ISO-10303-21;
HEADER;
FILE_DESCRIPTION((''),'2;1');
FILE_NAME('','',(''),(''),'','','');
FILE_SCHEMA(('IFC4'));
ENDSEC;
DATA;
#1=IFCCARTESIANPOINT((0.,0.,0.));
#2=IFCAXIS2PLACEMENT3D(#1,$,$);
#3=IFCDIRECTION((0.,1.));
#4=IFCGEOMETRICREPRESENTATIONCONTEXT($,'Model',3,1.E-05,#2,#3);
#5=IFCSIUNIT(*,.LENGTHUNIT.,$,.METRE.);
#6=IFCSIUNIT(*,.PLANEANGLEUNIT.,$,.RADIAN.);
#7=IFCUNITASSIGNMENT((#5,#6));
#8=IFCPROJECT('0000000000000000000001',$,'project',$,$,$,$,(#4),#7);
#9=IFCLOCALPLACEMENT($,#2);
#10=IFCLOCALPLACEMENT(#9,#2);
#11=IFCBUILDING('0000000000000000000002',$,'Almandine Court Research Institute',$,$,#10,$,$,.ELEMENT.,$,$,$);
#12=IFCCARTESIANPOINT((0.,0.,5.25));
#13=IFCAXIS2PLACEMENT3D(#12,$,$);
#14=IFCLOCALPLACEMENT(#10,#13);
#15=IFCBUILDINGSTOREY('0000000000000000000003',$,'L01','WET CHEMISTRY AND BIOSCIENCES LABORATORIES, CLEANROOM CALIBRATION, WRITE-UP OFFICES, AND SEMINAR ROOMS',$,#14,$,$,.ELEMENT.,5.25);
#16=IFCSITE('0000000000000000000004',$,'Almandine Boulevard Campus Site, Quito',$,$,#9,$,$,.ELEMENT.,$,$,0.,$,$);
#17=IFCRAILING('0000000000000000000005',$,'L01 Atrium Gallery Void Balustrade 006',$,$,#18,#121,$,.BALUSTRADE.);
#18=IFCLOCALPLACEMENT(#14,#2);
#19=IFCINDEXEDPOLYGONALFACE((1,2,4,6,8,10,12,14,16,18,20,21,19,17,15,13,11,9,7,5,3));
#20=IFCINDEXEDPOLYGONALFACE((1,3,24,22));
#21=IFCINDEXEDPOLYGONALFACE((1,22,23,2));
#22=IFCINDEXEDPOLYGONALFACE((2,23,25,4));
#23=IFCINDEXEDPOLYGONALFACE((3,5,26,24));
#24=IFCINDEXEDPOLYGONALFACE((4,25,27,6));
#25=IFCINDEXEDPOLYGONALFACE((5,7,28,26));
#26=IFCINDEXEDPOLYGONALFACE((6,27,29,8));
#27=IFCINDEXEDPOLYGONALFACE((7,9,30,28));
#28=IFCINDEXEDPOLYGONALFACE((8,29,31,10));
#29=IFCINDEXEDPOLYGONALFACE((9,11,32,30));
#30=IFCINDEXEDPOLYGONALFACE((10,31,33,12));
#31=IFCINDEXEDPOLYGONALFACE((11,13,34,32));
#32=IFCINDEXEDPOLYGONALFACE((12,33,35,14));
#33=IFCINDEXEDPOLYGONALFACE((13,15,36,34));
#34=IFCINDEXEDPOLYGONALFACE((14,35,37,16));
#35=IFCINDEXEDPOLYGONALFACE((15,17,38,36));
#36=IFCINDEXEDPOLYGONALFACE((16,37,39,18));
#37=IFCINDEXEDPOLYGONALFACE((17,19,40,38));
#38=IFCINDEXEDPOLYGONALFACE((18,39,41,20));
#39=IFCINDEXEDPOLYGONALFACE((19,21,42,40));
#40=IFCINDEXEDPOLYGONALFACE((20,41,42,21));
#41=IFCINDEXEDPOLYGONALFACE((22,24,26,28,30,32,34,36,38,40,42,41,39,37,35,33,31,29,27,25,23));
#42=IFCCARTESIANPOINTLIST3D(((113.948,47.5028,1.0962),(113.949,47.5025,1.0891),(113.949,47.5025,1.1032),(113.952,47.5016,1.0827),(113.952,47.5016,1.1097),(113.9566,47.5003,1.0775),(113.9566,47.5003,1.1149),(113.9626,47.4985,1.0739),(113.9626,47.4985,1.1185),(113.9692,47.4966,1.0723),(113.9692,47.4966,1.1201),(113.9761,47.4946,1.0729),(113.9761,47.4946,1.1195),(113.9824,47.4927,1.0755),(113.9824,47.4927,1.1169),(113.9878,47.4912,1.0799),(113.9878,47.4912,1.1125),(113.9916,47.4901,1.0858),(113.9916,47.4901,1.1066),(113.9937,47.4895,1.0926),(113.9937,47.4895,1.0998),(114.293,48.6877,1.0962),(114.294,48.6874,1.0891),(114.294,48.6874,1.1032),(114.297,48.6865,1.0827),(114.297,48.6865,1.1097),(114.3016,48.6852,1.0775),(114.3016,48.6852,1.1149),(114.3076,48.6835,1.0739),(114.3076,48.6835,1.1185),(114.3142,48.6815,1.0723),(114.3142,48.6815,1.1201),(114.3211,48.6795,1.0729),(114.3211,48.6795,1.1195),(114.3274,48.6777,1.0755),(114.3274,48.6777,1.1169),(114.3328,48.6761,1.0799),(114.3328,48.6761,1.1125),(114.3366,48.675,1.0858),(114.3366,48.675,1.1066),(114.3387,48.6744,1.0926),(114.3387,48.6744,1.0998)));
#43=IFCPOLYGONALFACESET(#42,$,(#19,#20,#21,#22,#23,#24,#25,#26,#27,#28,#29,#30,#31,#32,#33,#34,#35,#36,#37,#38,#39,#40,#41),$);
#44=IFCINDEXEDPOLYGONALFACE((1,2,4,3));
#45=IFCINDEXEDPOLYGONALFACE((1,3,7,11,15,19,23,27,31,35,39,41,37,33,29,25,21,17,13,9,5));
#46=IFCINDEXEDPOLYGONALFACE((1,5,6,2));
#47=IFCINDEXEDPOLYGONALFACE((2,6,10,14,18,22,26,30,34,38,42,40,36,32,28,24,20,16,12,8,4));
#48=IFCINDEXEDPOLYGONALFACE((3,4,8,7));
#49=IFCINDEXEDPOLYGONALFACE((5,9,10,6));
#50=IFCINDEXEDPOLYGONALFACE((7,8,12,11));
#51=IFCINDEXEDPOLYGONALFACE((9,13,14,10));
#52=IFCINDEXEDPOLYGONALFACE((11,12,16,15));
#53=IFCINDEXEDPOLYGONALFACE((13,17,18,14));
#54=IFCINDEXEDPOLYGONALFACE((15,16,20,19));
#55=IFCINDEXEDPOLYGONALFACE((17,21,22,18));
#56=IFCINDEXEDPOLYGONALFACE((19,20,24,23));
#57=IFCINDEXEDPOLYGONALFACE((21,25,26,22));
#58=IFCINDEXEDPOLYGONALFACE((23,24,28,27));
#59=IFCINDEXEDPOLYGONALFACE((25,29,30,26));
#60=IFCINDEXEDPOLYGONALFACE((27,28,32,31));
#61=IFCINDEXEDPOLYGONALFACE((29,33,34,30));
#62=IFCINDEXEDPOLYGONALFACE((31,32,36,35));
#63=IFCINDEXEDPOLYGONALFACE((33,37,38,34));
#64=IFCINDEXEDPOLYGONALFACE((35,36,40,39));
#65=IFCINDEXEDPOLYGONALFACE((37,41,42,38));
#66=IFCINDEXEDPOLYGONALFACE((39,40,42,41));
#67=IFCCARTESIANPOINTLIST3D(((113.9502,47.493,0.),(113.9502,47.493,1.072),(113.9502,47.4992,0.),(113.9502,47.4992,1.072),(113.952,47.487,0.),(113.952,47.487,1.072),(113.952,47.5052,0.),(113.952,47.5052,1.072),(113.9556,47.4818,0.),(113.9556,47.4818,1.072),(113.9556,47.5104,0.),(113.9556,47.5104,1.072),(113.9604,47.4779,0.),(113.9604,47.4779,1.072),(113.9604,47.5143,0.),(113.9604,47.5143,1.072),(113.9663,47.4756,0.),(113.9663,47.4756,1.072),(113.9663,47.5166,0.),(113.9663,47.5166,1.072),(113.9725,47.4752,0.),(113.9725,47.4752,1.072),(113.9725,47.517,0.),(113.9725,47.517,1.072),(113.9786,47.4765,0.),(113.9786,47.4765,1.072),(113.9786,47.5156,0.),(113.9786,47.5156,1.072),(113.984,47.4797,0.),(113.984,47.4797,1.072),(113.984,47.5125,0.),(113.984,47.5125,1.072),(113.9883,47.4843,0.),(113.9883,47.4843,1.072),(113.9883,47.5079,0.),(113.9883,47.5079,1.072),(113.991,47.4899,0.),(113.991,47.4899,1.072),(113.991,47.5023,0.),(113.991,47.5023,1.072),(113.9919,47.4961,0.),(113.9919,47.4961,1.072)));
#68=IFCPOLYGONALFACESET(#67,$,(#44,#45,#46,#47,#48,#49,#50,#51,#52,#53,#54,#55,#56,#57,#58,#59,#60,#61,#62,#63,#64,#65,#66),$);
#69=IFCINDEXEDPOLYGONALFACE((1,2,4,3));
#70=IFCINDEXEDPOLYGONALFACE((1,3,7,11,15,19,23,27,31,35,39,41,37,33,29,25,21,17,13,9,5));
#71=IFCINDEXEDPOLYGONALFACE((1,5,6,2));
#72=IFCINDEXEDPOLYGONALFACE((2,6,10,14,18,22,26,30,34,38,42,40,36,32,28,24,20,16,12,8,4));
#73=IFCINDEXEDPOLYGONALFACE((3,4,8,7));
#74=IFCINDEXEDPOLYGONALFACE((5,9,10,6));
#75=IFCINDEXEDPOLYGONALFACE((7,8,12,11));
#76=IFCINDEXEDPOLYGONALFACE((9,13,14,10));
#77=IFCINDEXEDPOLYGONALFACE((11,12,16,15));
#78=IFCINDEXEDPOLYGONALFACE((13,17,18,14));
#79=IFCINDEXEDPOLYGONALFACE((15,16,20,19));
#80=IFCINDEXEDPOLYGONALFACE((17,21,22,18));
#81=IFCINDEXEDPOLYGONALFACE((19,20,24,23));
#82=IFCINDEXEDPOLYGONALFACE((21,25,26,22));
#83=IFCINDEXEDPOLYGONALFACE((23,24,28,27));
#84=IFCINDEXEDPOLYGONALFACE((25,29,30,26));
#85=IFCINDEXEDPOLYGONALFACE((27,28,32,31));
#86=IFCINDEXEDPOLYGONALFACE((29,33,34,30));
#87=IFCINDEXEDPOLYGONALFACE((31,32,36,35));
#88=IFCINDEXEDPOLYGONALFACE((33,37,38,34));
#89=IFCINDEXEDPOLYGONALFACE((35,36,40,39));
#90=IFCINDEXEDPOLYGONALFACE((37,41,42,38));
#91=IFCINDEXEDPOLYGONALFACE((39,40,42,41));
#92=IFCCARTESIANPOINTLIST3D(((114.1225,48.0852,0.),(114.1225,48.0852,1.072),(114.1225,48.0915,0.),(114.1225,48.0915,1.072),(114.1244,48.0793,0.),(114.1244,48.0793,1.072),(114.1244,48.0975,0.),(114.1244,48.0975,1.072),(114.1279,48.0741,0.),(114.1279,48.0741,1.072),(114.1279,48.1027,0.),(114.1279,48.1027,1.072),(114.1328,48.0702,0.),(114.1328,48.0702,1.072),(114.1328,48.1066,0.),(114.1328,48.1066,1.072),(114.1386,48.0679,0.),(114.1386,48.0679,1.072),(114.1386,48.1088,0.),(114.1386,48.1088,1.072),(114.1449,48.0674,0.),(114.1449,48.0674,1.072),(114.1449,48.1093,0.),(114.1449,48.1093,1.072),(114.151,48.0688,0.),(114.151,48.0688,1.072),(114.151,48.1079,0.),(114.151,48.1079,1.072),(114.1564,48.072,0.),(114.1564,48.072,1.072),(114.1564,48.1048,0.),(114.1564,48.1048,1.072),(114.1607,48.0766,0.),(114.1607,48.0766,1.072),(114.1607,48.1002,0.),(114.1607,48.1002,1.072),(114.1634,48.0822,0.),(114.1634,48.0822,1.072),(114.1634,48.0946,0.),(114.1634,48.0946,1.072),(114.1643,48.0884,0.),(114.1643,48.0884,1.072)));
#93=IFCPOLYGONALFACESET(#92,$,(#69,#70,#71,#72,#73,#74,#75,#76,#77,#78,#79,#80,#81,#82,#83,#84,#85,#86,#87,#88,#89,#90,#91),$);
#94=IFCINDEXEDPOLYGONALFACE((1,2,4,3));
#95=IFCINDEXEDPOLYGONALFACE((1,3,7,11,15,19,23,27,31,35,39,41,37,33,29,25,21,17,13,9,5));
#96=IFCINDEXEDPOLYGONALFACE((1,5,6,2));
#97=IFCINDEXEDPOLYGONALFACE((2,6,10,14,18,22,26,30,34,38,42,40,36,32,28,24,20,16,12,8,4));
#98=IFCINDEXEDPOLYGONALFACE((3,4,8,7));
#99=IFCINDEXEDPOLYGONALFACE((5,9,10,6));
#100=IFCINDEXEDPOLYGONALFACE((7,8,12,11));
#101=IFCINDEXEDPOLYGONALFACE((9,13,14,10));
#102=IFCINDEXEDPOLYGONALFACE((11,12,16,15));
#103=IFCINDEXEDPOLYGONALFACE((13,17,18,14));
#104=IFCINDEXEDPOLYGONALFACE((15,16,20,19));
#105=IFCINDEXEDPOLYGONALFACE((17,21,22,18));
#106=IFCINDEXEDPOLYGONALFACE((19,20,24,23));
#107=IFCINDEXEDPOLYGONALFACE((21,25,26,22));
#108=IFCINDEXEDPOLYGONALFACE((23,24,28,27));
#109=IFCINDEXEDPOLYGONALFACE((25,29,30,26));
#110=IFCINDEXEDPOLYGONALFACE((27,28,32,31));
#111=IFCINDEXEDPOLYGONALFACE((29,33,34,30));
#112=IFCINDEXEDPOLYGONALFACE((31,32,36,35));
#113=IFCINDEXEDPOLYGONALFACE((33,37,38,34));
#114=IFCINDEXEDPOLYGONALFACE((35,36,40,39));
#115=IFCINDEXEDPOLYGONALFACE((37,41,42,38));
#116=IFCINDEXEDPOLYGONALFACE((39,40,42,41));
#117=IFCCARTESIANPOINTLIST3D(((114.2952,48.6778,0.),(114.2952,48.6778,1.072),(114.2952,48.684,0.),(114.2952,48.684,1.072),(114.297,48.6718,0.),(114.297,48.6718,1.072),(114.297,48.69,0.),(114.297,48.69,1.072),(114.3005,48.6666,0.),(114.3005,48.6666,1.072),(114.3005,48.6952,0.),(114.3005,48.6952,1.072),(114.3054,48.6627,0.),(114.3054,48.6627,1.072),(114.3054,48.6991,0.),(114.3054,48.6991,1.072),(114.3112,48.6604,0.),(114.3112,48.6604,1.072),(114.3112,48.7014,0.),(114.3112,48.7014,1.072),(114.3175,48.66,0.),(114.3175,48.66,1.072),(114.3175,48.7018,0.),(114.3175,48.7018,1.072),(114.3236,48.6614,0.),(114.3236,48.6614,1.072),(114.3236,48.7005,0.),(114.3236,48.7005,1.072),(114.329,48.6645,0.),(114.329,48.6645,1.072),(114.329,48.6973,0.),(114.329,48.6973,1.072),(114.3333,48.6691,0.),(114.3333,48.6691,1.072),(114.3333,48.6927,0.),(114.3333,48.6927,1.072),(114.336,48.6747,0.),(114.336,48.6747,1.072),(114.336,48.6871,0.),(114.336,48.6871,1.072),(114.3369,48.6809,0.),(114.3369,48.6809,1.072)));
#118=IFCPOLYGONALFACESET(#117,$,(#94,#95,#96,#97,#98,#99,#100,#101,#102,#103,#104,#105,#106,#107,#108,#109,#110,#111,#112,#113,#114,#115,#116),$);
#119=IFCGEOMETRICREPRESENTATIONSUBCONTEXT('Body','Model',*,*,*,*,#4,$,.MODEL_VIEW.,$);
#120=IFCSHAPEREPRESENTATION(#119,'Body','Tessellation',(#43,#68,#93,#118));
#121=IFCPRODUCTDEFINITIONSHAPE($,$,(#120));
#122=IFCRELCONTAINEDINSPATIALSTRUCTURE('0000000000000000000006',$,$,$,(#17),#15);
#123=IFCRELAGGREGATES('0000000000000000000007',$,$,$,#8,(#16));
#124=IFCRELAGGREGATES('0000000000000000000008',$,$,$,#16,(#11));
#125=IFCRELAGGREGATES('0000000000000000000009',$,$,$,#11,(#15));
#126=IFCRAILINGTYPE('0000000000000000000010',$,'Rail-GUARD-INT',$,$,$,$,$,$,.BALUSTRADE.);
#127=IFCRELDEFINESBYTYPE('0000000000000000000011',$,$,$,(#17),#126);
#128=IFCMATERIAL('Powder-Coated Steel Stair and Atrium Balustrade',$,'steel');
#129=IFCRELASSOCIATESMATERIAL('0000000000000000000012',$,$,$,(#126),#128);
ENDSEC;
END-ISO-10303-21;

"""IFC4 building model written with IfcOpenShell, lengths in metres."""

from ifc_helpers import new_model, si_unit, direction, frame, origin, origin_2d, place, context, subcontext, project, spatial, circle, extrude, material, type_object, element, save


model = new_model("IFC4")

# Units and contexts
model_context = context("Model", 3, precision=1e-05, world=origin(), true_north=direction((0.0, 1.0)))
body_context = subcontext(model_context, "Body", "Model", "MODEL_VIEW")
ifc_project = project(units=[si_unit("LENGTHUNIT", "METRE"), si_unit("PLANEANGLEUNIT", "RADIAN")], contexts=[model_context])

# Site, building, storey
site_placement = place(None, origin())
site = spatial("IfcSite", under=ifc_project, at=site_placement, Name="Almandine Boulevard Campus Site, Quito", CompositionType="ELEMENT", RefElevation=0.0)
building_placement = place(site_placement, origin())
building = spatial("IfcBuilding", under=site, at=building_placement, Name="Almandine Court Research Institute", CompositionType="ELEMENT")
storey_placement = place(building_placement, frame((0.0, 0.0, 5.25)))
storey = spatial("IfcBuildingStorey", under=building, at=storey_placement, Name="L01", Description="WET CHEMISTRY AND BIOSCIENCES LABORATORIES, CLEANROOM CALIBRATION, WRITE-UP OFFICES, AND SEMINAR ROOMS", CompositionType="ELEMENT", Elevation=5.25)

# Railing
ifc_material_1 = material(Name="Powder-Coated Steel Stair and Atrium Balustrade", Category="steel")
railing_type = type_object("IfcRailingType", Name="Rail-GUARD-INT", PredefinedType="BALUSTRADE", material=ifc_material_1)
railing_1_placement = place(storey_placement, frame((113.9709, 47.4961, 0.0)))
element("IfcRailing", 1, at=railing_1_placement, inside=storey, type_object=railing_type, Name="L01 Atrium Gallery Void Balustrade 006", PredefinedType="BALUSTRADE", context=body_context, shape_type="SweptSolid", body=[
    extrude(circle(Radius=0.0239, at=origin_2d()), frame((0.0, 0.0, 1.0962), z_axis=(0.279552, 0.960131, 0.0), x_axis=(-0.960131, 0.279552, 0.0)), (0.0, 0.0, 1.0), 1.2341),
    extrude(circle(Radius=0.021, at=origin_2d()), origin(), (0.0, 0.0, 1.0), 1.072),
    extrude(circle(Radius=0.021, at=origin_2d()), frame((0.1724, 0.5923, 0.0)), (0.0, 0.0, 1.0), 1.072),
    extrude(circle(Radius=0.021, at=origin_2d()), frame((0.345, 1.1848, 0.0)), (0.0, 0.0, 1.0), 1.072),
])

save(model, "model.ifc")
